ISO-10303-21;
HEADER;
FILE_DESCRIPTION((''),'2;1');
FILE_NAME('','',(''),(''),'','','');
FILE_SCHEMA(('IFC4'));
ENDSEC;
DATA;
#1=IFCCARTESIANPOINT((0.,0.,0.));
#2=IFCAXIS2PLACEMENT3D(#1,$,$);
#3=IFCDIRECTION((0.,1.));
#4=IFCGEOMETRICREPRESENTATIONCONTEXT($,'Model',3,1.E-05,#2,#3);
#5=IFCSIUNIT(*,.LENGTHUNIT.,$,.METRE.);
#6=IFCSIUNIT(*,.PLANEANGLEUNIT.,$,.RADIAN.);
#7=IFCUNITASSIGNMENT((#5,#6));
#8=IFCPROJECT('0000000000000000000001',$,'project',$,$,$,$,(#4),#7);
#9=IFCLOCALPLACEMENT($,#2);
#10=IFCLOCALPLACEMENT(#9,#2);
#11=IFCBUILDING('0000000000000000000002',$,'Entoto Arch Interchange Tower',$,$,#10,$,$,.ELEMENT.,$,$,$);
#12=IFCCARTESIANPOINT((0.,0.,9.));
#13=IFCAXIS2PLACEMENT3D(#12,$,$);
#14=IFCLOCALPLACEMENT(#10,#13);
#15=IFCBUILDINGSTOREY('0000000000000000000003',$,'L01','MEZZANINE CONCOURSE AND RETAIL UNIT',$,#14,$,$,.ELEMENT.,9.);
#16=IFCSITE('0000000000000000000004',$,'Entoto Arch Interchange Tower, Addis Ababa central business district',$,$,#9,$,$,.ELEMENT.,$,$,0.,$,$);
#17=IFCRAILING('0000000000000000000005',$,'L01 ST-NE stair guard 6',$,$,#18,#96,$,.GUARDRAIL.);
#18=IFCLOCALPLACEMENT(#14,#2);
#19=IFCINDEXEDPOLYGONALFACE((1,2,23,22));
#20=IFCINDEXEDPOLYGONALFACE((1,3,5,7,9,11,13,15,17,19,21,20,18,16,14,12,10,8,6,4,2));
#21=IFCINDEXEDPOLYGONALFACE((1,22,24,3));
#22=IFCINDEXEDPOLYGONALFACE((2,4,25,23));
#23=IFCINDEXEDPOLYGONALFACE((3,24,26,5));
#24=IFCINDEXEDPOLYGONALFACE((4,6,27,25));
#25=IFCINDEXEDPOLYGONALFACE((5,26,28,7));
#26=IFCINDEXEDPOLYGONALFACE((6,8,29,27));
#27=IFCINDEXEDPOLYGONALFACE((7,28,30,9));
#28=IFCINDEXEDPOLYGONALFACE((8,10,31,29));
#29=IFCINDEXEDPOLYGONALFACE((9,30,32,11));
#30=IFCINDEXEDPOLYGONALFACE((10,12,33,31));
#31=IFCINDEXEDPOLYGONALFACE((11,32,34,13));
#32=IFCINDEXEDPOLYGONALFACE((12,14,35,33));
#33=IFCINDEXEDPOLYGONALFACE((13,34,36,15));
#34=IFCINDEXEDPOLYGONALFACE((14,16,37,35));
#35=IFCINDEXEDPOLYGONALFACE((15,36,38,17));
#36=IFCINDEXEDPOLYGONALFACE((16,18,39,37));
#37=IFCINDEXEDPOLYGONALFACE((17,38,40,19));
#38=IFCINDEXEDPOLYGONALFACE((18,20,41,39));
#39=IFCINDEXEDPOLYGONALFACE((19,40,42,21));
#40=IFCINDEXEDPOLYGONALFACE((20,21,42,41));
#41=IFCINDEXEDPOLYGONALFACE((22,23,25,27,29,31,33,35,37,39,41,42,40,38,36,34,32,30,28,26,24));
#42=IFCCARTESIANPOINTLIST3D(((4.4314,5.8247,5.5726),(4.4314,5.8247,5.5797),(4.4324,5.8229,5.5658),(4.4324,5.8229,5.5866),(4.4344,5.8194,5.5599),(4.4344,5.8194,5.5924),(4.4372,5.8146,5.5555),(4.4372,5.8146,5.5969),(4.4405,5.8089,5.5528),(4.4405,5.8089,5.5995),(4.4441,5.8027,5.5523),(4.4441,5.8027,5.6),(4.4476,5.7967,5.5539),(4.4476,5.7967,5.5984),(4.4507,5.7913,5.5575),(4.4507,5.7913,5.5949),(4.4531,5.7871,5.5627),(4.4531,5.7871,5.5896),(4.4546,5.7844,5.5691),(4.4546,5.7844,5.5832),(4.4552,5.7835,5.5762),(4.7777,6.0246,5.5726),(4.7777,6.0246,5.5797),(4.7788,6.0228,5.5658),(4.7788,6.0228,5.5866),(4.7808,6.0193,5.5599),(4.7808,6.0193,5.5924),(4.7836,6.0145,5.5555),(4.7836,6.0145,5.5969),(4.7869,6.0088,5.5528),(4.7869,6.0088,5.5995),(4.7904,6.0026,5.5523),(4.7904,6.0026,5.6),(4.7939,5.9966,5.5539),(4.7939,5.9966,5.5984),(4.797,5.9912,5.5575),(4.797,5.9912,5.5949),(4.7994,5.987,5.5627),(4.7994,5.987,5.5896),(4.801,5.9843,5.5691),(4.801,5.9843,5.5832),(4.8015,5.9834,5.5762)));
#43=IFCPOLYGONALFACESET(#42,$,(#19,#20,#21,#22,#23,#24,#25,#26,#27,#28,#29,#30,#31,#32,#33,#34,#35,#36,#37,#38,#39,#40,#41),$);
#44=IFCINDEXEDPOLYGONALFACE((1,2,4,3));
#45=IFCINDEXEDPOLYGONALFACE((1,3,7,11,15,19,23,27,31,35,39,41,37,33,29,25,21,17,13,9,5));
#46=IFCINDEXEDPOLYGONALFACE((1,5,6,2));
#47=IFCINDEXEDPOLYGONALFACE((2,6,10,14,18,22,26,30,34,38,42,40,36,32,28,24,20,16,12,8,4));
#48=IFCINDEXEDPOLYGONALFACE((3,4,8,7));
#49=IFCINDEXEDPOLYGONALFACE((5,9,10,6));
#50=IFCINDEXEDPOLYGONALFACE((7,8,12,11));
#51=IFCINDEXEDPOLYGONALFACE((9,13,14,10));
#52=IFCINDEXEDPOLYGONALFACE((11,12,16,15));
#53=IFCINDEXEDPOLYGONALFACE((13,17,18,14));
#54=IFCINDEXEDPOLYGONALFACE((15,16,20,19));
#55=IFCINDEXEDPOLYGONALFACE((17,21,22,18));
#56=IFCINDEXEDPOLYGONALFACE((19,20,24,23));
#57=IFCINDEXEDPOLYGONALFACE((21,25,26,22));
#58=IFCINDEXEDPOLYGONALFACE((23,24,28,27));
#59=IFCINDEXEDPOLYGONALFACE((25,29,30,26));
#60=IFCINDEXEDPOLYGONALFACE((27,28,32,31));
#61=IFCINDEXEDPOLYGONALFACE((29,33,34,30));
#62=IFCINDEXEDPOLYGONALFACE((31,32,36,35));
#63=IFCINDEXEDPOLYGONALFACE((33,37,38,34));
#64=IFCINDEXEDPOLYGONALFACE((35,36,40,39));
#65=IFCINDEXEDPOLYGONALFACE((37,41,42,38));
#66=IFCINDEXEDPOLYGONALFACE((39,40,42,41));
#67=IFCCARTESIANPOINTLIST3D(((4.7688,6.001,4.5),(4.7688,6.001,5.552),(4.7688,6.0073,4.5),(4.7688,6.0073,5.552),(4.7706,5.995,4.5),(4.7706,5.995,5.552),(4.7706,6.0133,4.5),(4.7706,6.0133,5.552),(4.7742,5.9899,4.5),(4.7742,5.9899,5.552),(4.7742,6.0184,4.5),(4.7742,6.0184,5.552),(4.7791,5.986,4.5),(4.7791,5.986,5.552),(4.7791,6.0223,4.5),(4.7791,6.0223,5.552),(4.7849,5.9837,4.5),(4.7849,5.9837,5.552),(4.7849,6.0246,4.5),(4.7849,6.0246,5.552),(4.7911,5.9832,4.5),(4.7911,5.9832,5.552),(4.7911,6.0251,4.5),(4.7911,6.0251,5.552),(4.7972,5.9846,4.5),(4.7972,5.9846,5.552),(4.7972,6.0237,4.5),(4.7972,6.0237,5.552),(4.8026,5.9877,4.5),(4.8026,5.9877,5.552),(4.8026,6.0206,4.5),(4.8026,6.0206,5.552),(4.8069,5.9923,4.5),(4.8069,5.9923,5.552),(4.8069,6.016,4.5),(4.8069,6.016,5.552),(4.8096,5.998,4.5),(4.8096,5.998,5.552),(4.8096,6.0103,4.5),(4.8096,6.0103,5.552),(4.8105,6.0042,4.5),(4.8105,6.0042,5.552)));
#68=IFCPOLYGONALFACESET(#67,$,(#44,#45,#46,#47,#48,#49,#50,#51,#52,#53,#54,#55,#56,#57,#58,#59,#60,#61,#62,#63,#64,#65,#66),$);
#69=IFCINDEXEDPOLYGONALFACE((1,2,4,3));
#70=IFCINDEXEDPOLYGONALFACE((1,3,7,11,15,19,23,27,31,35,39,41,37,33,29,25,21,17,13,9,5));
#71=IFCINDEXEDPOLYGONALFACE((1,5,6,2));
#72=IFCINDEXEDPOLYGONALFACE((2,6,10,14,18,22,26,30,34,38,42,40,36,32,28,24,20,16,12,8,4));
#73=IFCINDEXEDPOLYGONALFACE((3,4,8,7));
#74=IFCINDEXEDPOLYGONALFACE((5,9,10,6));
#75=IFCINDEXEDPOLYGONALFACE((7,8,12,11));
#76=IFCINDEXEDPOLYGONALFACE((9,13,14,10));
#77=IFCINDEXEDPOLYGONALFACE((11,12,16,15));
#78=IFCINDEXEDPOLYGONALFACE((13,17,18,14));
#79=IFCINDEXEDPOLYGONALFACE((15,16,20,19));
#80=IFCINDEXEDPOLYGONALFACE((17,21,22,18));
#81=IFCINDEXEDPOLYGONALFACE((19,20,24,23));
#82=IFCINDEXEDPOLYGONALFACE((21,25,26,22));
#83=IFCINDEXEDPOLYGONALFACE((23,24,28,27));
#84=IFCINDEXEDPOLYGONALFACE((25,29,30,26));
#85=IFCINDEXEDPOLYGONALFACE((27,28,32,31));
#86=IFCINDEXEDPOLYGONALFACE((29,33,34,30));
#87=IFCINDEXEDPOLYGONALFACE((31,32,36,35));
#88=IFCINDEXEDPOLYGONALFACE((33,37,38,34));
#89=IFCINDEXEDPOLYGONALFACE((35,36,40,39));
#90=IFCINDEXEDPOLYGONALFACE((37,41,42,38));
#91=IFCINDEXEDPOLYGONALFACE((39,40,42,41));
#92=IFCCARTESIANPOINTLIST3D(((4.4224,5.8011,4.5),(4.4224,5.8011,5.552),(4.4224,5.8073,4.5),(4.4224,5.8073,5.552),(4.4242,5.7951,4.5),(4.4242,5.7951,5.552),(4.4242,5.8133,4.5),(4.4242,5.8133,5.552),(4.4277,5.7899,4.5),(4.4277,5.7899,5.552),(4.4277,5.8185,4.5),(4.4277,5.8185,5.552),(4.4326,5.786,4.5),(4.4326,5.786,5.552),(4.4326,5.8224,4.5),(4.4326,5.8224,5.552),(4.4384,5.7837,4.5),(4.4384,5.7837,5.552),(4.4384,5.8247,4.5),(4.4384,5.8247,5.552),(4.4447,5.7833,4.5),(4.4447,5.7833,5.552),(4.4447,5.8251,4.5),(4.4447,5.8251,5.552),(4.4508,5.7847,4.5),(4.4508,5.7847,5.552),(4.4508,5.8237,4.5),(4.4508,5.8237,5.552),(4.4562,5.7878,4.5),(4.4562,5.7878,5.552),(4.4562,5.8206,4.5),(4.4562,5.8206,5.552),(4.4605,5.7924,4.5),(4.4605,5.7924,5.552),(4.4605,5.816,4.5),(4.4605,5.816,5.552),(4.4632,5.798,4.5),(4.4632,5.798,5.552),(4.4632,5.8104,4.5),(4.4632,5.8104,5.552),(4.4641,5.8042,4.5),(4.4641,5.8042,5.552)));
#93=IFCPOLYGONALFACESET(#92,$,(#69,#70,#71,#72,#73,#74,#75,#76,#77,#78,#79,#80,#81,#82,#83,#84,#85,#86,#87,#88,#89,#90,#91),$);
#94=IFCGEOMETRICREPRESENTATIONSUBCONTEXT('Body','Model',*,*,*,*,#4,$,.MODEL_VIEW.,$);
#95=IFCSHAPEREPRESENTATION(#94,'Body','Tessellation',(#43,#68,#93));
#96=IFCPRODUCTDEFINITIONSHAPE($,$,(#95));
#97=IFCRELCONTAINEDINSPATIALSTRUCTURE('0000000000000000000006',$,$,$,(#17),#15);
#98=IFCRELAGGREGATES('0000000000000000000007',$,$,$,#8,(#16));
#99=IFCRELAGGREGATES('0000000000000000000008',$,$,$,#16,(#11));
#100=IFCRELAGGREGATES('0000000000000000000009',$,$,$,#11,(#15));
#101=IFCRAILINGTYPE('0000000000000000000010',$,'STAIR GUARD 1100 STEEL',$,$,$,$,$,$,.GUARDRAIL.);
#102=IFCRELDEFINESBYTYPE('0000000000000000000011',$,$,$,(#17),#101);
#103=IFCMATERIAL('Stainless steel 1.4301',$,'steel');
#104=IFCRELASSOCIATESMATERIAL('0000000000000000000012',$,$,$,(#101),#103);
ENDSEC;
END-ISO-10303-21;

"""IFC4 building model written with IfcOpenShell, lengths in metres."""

from ifc_helpers import new_model, si_unit, direction, frame, origin, origin_2d, place, context, subcontext, project, spatial, circle, extrude, material, type_object, element, save


model = new_model("IFC4")

# Units and contexts
model_context = context("Model", 3, precision=1e-05, world=origin(), true_north=direction((0.0, 1.0)))
body_context = subcontext(model_context, "Body", "Model", "MODEL_VIEW")
ifc_project = project(units=[si_unit("LENGTHUNIT", "METRE"), si_unit("PLANEANGLEUNIT", "RADIAN")], contexts=[model_context])

# Site, building, storey
site_placement = place(None, origin())
site = spatial("IfcSite", under=ifc_project, at=site_placement, Name="Entoto Arch Interchange Tower, Addis Ababa central business district", CompositionType="ELEMENT", RefElevation=0.0)
building_placement = place(site_placement, origin())
building = spatial("IfcBuilding", under=site, at=building_placement, Name="Entoto Arch Interchange Tower", CompositionType="ELEMENT")
storey_placement = place(building_placement, frame((0.0, 0.0, 9.0)))
storey = spatial("IfcBuildingStorey", under=building, at=storey_placement, Name="L01", Description="MEZZANINE CONCOURSE AND RETAIL UNIT", CompositionType="ELEMENT", Elevation=9.0)

# Railing
ifc_material_1 = material(Name="Stainless steel 1.4301", Category="steel")
railing_type_1 = type_object("IfcRailingType", Name="STAIR GUARD 1100 STEEL", PredefinedType="GUARDRAIL", material=ifc_material_1)
railing_1_placement = place(storey_placement, frame((4.7896, 6.0042, 4.5)))
element("IfcRailing", 1, at=railing_1_placement, inside=storey, type_object=railing_type_1, Name="L01 ST-NE stair guard 6", PredefinedType="GUARDRAIL", context=body_context, shape_type="SweptSolid", body=[
    extrude(circle(Radius=0.0239, at=origin_2d()), frame((0.0, 0.0, 1.0762), z_axis=(-0.866094, -0.499881, 0.0), x_axis=(0.499881, -0.866094, 0.0)), (0.0, 0.0, 1.0), 0.3999),
    extrude(circle(Radius=0.021, at=origin_2d()), origin(), (0.0, 0.0, 1.0), 1.052),
    extrude(circle(Radius=0.021, at=origin_2d()), frame((-0.3464, -0.2, 0.0)), (0.0, 0.0, 1.0), 1.052),
])

save(model, "model.ifc")
